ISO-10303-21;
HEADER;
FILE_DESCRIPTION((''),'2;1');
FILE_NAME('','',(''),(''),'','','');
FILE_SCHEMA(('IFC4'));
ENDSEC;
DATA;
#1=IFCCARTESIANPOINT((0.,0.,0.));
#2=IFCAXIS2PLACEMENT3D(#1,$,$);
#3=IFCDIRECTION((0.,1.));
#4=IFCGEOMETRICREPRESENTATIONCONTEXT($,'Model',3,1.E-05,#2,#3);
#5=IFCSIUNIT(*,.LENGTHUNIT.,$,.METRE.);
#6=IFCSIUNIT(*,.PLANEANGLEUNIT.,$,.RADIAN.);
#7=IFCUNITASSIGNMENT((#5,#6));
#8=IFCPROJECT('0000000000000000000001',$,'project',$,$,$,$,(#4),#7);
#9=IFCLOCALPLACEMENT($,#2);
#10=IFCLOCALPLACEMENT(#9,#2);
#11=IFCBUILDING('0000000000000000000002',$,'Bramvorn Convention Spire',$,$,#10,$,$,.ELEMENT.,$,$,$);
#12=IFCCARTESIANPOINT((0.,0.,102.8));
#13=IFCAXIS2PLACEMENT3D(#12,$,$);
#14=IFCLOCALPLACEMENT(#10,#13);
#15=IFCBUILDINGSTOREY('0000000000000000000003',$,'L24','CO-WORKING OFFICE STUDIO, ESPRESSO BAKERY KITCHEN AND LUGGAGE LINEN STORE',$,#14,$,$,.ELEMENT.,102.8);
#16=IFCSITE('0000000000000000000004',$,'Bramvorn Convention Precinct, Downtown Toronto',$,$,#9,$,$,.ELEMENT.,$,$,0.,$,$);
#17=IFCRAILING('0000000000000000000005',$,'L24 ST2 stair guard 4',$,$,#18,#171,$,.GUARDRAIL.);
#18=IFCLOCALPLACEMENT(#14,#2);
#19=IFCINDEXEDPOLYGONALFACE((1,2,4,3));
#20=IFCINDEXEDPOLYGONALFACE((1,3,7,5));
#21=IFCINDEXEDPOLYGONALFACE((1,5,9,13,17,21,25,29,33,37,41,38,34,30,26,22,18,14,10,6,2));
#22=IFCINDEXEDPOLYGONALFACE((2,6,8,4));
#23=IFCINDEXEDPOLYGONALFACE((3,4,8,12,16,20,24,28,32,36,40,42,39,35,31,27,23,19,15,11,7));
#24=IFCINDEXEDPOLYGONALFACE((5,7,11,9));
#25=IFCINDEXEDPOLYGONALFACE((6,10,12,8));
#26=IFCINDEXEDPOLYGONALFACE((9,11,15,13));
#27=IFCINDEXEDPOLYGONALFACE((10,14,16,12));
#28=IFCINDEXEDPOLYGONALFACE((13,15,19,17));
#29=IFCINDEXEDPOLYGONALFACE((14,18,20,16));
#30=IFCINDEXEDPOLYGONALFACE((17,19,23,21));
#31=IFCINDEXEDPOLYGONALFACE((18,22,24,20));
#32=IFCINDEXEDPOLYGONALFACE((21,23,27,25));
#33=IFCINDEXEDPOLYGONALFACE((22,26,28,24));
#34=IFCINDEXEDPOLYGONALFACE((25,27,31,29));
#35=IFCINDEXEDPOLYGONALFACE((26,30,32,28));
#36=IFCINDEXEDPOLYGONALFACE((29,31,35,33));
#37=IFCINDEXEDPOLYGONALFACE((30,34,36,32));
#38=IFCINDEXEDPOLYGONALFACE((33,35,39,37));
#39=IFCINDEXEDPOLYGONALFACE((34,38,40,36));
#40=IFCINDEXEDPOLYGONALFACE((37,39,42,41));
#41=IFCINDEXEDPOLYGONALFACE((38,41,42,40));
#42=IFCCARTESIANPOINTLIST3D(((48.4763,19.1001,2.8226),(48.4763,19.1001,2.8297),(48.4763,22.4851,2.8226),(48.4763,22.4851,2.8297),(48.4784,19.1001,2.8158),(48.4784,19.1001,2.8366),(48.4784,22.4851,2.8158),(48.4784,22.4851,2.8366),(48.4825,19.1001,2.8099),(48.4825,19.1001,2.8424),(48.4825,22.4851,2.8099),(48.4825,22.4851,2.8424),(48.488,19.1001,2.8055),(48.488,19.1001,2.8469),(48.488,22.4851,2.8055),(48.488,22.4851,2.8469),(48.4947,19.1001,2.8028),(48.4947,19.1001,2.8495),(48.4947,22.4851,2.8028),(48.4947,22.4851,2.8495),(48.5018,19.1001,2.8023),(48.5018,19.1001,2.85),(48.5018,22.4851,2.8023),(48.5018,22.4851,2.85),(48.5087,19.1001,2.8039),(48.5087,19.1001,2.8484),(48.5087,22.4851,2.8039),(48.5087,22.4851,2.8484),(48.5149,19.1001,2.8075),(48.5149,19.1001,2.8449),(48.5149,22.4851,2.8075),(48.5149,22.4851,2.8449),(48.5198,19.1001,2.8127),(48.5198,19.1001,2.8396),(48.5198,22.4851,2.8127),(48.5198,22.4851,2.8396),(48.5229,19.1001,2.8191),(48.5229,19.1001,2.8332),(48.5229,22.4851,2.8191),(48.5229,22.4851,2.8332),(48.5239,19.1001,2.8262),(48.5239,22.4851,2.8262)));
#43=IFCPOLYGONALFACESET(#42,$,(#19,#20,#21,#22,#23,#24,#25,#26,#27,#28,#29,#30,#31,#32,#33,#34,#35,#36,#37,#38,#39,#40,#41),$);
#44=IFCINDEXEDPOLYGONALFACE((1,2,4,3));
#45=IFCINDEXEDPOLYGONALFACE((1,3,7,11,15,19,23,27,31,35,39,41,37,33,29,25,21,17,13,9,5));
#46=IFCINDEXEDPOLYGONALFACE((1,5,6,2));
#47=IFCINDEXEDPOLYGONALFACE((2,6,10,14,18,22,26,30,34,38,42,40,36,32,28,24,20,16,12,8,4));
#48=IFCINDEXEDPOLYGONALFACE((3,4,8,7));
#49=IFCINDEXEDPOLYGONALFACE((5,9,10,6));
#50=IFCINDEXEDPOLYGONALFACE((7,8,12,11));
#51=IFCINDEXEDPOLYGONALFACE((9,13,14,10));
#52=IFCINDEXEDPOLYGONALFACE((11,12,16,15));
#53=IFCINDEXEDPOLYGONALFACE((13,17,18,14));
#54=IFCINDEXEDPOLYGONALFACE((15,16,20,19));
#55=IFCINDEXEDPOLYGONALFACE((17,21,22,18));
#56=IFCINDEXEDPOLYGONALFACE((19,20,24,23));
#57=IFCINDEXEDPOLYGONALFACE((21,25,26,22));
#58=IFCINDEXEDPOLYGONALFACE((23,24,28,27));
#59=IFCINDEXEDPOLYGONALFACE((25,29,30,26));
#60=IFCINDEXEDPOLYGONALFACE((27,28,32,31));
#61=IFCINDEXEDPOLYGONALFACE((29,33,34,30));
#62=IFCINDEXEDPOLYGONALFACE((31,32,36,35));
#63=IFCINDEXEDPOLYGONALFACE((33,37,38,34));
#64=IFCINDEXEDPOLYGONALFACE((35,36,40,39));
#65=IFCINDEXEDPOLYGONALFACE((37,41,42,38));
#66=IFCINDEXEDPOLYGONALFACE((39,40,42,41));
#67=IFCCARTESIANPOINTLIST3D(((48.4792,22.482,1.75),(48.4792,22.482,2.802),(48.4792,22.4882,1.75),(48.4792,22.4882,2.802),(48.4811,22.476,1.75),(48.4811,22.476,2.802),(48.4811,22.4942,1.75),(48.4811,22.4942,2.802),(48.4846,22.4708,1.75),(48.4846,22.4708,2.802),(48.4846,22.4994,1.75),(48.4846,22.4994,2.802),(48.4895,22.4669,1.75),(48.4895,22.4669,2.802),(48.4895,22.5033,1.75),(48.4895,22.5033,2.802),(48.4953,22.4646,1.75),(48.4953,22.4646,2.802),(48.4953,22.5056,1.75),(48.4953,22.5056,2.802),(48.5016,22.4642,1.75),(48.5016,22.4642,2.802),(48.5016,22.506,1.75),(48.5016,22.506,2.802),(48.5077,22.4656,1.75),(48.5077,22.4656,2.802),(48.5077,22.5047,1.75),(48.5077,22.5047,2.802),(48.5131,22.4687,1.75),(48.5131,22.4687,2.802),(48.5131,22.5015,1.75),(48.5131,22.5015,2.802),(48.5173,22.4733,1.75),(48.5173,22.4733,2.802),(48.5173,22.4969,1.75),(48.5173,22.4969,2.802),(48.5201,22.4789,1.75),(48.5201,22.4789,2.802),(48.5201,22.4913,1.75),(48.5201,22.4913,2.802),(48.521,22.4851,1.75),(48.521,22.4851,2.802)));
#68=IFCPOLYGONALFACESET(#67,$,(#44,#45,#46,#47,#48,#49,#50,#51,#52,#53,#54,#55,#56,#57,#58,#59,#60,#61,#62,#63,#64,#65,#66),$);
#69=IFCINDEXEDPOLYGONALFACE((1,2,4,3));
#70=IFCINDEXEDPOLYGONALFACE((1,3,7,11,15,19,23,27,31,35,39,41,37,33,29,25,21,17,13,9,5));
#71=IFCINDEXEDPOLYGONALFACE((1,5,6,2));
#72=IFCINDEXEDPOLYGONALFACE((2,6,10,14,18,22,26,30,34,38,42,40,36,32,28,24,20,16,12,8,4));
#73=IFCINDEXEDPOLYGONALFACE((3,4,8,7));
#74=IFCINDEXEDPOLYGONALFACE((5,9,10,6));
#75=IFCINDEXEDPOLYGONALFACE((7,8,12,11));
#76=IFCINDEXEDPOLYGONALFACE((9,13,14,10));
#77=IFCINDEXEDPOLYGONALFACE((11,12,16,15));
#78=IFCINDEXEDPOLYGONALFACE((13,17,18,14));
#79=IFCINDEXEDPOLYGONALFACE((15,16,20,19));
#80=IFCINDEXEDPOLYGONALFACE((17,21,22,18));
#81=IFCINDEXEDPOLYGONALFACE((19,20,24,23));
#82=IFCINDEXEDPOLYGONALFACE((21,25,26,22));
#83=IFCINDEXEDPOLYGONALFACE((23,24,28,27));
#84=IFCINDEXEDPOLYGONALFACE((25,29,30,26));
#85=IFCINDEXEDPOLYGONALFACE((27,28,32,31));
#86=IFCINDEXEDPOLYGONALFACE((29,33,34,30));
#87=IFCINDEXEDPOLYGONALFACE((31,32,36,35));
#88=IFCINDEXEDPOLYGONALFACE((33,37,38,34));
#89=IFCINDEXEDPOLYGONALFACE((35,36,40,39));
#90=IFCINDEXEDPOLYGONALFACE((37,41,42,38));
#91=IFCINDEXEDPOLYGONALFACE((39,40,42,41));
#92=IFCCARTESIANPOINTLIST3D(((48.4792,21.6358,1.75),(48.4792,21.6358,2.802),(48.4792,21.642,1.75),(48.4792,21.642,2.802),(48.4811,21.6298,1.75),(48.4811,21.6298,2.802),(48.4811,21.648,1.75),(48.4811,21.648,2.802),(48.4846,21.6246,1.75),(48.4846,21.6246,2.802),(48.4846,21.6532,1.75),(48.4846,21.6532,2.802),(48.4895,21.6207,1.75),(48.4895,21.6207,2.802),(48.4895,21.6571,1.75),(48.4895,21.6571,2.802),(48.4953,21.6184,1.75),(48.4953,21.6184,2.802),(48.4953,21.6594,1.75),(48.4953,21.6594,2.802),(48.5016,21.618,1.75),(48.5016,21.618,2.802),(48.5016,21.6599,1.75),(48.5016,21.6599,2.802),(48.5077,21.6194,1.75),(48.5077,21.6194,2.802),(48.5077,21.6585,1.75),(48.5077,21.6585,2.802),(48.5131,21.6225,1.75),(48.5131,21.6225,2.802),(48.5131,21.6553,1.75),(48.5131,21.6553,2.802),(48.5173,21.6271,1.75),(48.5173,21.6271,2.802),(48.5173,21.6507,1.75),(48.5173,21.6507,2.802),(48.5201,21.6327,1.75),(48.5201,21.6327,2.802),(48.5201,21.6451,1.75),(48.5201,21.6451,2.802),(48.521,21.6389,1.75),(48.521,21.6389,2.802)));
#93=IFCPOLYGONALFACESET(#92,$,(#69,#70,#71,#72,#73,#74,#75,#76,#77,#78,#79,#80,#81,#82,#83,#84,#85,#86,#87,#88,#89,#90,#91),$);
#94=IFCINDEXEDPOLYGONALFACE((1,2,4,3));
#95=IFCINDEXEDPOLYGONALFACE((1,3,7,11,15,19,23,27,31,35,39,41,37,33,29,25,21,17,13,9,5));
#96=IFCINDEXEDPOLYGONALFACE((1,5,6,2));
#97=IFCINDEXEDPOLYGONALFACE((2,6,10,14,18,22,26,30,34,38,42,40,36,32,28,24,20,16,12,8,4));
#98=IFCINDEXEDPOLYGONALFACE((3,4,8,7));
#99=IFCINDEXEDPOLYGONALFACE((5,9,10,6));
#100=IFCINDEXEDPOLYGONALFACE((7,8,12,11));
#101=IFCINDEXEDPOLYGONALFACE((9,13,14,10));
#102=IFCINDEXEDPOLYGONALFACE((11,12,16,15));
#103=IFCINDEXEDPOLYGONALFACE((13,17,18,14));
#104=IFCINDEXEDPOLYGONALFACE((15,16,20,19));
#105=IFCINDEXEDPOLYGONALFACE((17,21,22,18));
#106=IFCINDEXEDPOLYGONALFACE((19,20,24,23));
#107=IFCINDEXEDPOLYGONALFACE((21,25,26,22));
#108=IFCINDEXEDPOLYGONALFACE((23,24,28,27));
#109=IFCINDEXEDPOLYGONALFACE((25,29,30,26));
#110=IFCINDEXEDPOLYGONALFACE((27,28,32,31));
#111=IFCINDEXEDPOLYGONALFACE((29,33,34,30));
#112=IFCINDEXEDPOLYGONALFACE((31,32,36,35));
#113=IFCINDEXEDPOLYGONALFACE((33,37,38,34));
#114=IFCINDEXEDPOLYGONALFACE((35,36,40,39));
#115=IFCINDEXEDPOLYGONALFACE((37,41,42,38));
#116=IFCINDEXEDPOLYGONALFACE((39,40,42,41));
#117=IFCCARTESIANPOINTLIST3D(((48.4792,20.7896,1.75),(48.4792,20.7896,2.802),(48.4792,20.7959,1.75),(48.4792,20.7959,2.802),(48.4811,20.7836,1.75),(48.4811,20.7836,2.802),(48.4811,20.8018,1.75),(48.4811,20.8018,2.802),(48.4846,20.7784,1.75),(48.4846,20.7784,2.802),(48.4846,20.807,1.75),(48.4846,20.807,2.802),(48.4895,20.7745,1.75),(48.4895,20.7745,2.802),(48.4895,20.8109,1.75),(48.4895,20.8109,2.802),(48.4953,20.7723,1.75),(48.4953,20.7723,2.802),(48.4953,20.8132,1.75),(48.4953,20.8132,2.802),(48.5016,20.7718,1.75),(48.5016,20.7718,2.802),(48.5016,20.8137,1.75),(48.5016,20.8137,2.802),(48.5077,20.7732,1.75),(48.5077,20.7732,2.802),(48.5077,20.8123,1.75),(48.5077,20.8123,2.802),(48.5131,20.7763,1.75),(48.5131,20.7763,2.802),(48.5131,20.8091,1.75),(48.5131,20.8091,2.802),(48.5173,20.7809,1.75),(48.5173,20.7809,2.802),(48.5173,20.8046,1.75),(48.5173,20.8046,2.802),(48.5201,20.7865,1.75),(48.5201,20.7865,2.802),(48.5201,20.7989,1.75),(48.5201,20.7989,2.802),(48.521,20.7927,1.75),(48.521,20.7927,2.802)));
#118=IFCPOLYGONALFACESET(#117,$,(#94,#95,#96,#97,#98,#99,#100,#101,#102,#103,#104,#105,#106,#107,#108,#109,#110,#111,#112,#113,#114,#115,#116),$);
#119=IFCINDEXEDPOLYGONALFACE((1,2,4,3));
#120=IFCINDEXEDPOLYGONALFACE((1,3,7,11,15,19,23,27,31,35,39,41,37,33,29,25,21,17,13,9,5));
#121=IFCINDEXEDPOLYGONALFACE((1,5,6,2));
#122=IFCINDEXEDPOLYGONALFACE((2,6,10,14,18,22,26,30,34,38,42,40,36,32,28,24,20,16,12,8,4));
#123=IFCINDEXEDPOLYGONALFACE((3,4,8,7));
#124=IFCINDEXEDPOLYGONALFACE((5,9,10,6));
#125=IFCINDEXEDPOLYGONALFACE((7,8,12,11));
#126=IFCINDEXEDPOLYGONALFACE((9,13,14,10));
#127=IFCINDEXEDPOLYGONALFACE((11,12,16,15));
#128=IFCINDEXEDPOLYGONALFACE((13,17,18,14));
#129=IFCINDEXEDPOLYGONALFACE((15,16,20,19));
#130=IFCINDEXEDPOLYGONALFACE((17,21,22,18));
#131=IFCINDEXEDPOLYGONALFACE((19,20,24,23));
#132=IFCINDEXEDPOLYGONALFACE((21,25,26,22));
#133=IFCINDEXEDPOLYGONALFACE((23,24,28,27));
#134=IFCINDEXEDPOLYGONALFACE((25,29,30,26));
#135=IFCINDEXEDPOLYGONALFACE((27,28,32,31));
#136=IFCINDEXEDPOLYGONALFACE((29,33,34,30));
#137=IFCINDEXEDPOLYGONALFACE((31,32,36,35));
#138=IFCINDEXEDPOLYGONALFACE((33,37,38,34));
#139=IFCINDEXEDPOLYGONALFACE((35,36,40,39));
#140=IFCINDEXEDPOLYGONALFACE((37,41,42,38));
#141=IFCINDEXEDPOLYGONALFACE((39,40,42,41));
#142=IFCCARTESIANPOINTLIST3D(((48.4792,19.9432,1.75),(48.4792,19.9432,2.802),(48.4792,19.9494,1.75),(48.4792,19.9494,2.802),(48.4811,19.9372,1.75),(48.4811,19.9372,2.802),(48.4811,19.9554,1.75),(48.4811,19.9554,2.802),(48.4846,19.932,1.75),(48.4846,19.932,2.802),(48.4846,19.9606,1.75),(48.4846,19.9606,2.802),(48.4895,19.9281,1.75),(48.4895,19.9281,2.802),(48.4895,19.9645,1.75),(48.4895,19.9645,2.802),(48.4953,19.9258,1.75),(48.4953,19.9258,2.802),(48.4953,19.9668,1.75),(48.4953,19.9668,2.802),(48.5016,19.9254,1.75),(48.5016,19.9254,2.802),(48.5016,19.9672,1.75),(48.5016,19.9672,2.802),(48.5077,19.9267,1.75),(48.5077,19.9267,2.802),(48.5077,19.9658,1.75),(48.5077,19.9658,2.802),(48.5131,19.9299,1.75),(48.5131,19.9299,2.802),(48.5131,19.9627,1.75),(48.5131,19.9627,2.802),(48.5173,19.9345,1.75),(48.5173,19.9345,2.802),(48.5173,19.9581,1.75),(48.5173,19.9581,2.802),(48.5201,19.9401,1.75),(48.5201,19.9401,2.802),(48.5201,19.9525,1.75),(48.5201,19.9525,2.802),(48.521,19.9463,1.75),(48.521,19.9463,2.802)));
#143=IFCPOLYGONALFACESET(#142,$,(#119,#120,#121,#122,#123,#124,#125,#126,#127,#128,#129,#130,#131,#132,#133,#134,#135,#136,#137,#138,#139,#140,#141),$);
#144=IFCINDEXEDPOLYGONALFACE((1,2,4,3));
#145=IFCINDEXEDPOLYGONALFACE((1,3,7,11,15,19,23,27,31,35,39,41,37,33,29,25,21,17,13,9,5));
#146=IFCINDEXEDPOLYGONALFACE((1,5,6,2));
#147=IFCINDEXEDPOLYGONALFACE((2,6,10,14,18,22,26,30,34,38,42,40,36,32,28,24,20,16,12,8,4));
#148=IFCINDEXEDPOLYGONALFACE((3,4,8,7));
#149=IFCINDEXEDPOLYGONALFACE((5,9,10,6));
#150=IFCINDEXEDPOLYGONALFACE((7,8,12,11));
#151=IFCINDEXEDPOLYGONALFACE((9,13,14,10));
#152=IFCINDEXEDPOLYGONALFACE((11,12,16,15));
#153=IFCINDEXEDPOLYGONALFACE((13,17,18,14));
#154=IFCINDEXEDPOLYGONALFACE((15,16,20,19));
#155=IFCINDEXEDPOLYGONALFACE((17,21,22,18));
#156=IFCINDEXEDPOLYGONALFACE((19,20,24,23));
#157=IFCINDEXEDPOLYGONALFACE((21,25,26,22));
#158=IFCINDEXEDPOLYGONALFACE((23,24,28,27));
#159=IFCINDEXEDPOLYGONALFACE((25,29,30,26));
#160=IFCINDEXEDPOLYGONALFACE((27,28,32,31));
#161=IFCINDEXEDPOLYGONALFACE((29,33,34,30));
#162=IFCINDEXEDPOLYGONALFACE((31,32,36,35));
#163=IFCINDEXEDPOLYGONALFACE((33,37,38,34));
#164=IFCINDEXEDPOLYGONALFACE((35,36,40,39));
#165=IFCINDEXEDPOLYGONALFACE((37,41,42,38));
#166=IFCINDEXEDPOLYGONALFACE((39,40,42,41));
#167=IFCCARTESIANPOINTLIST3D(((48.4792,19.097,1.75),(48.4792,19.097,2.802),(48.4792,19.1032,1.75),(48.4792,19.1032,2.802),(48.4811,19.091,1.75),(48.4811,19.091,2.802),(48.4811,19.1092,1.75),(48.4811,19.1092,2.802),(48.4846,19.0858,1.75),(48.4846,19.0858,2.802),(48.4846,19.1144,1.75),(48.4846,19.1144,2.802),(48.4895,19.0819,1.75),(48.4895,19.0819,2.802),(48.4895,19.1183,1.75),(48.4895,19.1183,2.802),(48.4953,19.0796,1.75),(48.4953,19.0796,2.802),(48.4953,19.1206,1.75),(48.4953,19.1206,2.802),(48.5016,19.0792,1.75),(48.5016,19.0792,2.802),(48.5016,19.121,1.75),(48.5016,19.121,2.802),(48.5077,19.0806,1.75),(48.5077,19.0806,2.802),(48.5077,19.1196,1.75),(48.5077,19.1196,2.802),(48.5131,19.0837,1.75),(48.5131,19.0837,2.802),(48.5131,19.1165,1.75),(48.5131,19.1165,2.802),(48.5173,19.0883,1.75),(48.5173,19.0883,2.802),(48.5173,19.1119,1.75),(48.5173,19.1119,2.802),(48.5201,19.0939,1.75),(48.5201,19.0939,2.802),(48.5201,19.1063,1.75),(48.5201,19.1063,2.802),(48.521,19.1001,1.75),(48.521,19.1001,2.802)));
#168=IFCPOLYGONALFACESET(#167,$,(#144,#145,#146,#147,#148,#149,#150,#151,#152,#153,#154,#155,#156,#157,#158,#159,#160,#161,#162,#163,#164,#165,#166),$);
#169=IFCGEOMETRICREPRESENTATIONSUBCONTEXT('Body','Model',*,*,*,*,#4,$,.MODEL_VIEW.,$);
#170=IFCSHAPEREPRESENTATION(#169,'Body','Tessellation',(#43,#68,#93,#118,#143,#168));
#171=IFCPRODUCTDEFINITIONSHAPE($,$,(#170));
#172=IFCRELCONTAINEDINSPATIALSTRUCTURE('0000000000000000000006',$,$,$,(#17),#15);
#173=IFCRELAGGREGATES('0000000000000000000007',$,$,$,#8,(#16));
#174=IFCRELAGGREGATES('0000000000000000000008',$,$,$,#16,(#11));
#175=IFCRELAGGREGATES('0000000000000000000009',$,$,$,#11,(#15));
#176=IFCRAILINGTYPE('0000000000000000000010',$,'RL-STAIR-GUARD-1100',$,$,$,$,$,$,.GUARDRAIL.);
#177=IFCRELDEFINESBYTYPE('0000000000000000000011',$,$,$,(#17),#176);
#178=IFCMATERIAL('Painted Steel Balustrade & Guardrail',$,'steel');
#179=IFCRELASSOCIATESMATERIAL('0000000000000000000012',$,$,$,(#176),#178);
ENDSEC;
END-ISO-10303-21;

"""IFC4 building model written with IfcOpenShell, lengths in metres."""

from ifc_helpers import new_model, si_unit, direction, frame, origin, origin_2d, place, context, subcontext, project, spatial, circle, extrude, material, type_object, element, save


model = new_model("IFC4")

# Units and contexts
model_context = context("Model", 3, precision=1e-05, world=origin(), true_north=direction((0.0, 1.0)))
body_context = subcontext(model_context, "Body", "Model", "MODEL_VIEW")
ifc_project = project(units=[si_unit("LENGTHUNIT", "METRE"), si_unit("PLANEANGLEUNIT", "RADIAN")], contexts=[model_context])

# Site, building, storey
site_placement = place(None, origin())
site = spatial("IfcSite", under=ifc_project, at=site_placement, Name="Bramvorn Convention Precinct, Downtown Toronto", CompositionType="ELEMENT", RefElevation=0.0)
building_placement = place(site_placement, origin())
building = spatial("IfcBuilding", under=site, at=building_placement, Name="Bramvorn Convention Spire", CompositionType="ELEMENT")
storey_placement = place(building_placement, frame((0.0, 0.0, 102.8)))
storey = spatial("IfcBuildingStorey", under=building, at=storey_placement, Name="L24", Description="CO-WORKING OFFICE STUDIO, ESPRESSO BAKERY KITCHEN AND LUGGAGE LINEN STORE", CompositionType="ELEMENT", Elevation=102.8)

# Railing
ifc_material_1 = material(Name="Painted Steel Balustrade & Guardrail", Category="steel")
railing_type = type_object("IfcRailingType", Name="RL-STAIR-GUARD-1100", PredefinedType="GUARDRAIL", material=ifc_material_1)
for number, where, name in (
    (1, (48.5, 22.4851, 1.75), "L24 ST2 stair guard 4"),
):
    element("IfcRailing", number, at=place(storey_placement, frame(where)), inside=storey, type_object=railing_type, Name=name, PredefinedType="GUARDRAIL", context=body_context, shape_type="SweptSolid", body=[
        extrude(circle(Radius=0.0239, at=origin_2d()), frame((0.0, 0.0, 1.0762), z_axis=(0.0, -1.0, 0.0), x_axis=(1.0, 0.0, 0.0)), (0.0, 0.0, 1.0), 3.385),
        extrude(circle(Radius=0.021, at=origin_2d()), origin(), (0.0, 0.0, 1.0), 1.052),
        extrude(circle(Radius=0.021, at=origin_2d()), frame((0.0, -0.8462, 0.0)), (0.0, 0.0, 1.0), 1.052),
        extrude(circle(Radius=0.021, at=origin_2d()), frame((0.0, -1.6924, 0.0)), (0.0, 0.0, 1.0), 1.052),
        extrude(circle(Radius=0.021, at=origin_2d()), frame((0.0, -2.5388, 0.0)), (0.0, 0.0, 1.0), 1.052),
        extrude(circle(Radius=0.021, at=origin_2d()), frame((0.0, -3.385, 0.0)), (0.0, 0.0, 1.0), 1.052),
    ])

save(model, "model.ifc")
